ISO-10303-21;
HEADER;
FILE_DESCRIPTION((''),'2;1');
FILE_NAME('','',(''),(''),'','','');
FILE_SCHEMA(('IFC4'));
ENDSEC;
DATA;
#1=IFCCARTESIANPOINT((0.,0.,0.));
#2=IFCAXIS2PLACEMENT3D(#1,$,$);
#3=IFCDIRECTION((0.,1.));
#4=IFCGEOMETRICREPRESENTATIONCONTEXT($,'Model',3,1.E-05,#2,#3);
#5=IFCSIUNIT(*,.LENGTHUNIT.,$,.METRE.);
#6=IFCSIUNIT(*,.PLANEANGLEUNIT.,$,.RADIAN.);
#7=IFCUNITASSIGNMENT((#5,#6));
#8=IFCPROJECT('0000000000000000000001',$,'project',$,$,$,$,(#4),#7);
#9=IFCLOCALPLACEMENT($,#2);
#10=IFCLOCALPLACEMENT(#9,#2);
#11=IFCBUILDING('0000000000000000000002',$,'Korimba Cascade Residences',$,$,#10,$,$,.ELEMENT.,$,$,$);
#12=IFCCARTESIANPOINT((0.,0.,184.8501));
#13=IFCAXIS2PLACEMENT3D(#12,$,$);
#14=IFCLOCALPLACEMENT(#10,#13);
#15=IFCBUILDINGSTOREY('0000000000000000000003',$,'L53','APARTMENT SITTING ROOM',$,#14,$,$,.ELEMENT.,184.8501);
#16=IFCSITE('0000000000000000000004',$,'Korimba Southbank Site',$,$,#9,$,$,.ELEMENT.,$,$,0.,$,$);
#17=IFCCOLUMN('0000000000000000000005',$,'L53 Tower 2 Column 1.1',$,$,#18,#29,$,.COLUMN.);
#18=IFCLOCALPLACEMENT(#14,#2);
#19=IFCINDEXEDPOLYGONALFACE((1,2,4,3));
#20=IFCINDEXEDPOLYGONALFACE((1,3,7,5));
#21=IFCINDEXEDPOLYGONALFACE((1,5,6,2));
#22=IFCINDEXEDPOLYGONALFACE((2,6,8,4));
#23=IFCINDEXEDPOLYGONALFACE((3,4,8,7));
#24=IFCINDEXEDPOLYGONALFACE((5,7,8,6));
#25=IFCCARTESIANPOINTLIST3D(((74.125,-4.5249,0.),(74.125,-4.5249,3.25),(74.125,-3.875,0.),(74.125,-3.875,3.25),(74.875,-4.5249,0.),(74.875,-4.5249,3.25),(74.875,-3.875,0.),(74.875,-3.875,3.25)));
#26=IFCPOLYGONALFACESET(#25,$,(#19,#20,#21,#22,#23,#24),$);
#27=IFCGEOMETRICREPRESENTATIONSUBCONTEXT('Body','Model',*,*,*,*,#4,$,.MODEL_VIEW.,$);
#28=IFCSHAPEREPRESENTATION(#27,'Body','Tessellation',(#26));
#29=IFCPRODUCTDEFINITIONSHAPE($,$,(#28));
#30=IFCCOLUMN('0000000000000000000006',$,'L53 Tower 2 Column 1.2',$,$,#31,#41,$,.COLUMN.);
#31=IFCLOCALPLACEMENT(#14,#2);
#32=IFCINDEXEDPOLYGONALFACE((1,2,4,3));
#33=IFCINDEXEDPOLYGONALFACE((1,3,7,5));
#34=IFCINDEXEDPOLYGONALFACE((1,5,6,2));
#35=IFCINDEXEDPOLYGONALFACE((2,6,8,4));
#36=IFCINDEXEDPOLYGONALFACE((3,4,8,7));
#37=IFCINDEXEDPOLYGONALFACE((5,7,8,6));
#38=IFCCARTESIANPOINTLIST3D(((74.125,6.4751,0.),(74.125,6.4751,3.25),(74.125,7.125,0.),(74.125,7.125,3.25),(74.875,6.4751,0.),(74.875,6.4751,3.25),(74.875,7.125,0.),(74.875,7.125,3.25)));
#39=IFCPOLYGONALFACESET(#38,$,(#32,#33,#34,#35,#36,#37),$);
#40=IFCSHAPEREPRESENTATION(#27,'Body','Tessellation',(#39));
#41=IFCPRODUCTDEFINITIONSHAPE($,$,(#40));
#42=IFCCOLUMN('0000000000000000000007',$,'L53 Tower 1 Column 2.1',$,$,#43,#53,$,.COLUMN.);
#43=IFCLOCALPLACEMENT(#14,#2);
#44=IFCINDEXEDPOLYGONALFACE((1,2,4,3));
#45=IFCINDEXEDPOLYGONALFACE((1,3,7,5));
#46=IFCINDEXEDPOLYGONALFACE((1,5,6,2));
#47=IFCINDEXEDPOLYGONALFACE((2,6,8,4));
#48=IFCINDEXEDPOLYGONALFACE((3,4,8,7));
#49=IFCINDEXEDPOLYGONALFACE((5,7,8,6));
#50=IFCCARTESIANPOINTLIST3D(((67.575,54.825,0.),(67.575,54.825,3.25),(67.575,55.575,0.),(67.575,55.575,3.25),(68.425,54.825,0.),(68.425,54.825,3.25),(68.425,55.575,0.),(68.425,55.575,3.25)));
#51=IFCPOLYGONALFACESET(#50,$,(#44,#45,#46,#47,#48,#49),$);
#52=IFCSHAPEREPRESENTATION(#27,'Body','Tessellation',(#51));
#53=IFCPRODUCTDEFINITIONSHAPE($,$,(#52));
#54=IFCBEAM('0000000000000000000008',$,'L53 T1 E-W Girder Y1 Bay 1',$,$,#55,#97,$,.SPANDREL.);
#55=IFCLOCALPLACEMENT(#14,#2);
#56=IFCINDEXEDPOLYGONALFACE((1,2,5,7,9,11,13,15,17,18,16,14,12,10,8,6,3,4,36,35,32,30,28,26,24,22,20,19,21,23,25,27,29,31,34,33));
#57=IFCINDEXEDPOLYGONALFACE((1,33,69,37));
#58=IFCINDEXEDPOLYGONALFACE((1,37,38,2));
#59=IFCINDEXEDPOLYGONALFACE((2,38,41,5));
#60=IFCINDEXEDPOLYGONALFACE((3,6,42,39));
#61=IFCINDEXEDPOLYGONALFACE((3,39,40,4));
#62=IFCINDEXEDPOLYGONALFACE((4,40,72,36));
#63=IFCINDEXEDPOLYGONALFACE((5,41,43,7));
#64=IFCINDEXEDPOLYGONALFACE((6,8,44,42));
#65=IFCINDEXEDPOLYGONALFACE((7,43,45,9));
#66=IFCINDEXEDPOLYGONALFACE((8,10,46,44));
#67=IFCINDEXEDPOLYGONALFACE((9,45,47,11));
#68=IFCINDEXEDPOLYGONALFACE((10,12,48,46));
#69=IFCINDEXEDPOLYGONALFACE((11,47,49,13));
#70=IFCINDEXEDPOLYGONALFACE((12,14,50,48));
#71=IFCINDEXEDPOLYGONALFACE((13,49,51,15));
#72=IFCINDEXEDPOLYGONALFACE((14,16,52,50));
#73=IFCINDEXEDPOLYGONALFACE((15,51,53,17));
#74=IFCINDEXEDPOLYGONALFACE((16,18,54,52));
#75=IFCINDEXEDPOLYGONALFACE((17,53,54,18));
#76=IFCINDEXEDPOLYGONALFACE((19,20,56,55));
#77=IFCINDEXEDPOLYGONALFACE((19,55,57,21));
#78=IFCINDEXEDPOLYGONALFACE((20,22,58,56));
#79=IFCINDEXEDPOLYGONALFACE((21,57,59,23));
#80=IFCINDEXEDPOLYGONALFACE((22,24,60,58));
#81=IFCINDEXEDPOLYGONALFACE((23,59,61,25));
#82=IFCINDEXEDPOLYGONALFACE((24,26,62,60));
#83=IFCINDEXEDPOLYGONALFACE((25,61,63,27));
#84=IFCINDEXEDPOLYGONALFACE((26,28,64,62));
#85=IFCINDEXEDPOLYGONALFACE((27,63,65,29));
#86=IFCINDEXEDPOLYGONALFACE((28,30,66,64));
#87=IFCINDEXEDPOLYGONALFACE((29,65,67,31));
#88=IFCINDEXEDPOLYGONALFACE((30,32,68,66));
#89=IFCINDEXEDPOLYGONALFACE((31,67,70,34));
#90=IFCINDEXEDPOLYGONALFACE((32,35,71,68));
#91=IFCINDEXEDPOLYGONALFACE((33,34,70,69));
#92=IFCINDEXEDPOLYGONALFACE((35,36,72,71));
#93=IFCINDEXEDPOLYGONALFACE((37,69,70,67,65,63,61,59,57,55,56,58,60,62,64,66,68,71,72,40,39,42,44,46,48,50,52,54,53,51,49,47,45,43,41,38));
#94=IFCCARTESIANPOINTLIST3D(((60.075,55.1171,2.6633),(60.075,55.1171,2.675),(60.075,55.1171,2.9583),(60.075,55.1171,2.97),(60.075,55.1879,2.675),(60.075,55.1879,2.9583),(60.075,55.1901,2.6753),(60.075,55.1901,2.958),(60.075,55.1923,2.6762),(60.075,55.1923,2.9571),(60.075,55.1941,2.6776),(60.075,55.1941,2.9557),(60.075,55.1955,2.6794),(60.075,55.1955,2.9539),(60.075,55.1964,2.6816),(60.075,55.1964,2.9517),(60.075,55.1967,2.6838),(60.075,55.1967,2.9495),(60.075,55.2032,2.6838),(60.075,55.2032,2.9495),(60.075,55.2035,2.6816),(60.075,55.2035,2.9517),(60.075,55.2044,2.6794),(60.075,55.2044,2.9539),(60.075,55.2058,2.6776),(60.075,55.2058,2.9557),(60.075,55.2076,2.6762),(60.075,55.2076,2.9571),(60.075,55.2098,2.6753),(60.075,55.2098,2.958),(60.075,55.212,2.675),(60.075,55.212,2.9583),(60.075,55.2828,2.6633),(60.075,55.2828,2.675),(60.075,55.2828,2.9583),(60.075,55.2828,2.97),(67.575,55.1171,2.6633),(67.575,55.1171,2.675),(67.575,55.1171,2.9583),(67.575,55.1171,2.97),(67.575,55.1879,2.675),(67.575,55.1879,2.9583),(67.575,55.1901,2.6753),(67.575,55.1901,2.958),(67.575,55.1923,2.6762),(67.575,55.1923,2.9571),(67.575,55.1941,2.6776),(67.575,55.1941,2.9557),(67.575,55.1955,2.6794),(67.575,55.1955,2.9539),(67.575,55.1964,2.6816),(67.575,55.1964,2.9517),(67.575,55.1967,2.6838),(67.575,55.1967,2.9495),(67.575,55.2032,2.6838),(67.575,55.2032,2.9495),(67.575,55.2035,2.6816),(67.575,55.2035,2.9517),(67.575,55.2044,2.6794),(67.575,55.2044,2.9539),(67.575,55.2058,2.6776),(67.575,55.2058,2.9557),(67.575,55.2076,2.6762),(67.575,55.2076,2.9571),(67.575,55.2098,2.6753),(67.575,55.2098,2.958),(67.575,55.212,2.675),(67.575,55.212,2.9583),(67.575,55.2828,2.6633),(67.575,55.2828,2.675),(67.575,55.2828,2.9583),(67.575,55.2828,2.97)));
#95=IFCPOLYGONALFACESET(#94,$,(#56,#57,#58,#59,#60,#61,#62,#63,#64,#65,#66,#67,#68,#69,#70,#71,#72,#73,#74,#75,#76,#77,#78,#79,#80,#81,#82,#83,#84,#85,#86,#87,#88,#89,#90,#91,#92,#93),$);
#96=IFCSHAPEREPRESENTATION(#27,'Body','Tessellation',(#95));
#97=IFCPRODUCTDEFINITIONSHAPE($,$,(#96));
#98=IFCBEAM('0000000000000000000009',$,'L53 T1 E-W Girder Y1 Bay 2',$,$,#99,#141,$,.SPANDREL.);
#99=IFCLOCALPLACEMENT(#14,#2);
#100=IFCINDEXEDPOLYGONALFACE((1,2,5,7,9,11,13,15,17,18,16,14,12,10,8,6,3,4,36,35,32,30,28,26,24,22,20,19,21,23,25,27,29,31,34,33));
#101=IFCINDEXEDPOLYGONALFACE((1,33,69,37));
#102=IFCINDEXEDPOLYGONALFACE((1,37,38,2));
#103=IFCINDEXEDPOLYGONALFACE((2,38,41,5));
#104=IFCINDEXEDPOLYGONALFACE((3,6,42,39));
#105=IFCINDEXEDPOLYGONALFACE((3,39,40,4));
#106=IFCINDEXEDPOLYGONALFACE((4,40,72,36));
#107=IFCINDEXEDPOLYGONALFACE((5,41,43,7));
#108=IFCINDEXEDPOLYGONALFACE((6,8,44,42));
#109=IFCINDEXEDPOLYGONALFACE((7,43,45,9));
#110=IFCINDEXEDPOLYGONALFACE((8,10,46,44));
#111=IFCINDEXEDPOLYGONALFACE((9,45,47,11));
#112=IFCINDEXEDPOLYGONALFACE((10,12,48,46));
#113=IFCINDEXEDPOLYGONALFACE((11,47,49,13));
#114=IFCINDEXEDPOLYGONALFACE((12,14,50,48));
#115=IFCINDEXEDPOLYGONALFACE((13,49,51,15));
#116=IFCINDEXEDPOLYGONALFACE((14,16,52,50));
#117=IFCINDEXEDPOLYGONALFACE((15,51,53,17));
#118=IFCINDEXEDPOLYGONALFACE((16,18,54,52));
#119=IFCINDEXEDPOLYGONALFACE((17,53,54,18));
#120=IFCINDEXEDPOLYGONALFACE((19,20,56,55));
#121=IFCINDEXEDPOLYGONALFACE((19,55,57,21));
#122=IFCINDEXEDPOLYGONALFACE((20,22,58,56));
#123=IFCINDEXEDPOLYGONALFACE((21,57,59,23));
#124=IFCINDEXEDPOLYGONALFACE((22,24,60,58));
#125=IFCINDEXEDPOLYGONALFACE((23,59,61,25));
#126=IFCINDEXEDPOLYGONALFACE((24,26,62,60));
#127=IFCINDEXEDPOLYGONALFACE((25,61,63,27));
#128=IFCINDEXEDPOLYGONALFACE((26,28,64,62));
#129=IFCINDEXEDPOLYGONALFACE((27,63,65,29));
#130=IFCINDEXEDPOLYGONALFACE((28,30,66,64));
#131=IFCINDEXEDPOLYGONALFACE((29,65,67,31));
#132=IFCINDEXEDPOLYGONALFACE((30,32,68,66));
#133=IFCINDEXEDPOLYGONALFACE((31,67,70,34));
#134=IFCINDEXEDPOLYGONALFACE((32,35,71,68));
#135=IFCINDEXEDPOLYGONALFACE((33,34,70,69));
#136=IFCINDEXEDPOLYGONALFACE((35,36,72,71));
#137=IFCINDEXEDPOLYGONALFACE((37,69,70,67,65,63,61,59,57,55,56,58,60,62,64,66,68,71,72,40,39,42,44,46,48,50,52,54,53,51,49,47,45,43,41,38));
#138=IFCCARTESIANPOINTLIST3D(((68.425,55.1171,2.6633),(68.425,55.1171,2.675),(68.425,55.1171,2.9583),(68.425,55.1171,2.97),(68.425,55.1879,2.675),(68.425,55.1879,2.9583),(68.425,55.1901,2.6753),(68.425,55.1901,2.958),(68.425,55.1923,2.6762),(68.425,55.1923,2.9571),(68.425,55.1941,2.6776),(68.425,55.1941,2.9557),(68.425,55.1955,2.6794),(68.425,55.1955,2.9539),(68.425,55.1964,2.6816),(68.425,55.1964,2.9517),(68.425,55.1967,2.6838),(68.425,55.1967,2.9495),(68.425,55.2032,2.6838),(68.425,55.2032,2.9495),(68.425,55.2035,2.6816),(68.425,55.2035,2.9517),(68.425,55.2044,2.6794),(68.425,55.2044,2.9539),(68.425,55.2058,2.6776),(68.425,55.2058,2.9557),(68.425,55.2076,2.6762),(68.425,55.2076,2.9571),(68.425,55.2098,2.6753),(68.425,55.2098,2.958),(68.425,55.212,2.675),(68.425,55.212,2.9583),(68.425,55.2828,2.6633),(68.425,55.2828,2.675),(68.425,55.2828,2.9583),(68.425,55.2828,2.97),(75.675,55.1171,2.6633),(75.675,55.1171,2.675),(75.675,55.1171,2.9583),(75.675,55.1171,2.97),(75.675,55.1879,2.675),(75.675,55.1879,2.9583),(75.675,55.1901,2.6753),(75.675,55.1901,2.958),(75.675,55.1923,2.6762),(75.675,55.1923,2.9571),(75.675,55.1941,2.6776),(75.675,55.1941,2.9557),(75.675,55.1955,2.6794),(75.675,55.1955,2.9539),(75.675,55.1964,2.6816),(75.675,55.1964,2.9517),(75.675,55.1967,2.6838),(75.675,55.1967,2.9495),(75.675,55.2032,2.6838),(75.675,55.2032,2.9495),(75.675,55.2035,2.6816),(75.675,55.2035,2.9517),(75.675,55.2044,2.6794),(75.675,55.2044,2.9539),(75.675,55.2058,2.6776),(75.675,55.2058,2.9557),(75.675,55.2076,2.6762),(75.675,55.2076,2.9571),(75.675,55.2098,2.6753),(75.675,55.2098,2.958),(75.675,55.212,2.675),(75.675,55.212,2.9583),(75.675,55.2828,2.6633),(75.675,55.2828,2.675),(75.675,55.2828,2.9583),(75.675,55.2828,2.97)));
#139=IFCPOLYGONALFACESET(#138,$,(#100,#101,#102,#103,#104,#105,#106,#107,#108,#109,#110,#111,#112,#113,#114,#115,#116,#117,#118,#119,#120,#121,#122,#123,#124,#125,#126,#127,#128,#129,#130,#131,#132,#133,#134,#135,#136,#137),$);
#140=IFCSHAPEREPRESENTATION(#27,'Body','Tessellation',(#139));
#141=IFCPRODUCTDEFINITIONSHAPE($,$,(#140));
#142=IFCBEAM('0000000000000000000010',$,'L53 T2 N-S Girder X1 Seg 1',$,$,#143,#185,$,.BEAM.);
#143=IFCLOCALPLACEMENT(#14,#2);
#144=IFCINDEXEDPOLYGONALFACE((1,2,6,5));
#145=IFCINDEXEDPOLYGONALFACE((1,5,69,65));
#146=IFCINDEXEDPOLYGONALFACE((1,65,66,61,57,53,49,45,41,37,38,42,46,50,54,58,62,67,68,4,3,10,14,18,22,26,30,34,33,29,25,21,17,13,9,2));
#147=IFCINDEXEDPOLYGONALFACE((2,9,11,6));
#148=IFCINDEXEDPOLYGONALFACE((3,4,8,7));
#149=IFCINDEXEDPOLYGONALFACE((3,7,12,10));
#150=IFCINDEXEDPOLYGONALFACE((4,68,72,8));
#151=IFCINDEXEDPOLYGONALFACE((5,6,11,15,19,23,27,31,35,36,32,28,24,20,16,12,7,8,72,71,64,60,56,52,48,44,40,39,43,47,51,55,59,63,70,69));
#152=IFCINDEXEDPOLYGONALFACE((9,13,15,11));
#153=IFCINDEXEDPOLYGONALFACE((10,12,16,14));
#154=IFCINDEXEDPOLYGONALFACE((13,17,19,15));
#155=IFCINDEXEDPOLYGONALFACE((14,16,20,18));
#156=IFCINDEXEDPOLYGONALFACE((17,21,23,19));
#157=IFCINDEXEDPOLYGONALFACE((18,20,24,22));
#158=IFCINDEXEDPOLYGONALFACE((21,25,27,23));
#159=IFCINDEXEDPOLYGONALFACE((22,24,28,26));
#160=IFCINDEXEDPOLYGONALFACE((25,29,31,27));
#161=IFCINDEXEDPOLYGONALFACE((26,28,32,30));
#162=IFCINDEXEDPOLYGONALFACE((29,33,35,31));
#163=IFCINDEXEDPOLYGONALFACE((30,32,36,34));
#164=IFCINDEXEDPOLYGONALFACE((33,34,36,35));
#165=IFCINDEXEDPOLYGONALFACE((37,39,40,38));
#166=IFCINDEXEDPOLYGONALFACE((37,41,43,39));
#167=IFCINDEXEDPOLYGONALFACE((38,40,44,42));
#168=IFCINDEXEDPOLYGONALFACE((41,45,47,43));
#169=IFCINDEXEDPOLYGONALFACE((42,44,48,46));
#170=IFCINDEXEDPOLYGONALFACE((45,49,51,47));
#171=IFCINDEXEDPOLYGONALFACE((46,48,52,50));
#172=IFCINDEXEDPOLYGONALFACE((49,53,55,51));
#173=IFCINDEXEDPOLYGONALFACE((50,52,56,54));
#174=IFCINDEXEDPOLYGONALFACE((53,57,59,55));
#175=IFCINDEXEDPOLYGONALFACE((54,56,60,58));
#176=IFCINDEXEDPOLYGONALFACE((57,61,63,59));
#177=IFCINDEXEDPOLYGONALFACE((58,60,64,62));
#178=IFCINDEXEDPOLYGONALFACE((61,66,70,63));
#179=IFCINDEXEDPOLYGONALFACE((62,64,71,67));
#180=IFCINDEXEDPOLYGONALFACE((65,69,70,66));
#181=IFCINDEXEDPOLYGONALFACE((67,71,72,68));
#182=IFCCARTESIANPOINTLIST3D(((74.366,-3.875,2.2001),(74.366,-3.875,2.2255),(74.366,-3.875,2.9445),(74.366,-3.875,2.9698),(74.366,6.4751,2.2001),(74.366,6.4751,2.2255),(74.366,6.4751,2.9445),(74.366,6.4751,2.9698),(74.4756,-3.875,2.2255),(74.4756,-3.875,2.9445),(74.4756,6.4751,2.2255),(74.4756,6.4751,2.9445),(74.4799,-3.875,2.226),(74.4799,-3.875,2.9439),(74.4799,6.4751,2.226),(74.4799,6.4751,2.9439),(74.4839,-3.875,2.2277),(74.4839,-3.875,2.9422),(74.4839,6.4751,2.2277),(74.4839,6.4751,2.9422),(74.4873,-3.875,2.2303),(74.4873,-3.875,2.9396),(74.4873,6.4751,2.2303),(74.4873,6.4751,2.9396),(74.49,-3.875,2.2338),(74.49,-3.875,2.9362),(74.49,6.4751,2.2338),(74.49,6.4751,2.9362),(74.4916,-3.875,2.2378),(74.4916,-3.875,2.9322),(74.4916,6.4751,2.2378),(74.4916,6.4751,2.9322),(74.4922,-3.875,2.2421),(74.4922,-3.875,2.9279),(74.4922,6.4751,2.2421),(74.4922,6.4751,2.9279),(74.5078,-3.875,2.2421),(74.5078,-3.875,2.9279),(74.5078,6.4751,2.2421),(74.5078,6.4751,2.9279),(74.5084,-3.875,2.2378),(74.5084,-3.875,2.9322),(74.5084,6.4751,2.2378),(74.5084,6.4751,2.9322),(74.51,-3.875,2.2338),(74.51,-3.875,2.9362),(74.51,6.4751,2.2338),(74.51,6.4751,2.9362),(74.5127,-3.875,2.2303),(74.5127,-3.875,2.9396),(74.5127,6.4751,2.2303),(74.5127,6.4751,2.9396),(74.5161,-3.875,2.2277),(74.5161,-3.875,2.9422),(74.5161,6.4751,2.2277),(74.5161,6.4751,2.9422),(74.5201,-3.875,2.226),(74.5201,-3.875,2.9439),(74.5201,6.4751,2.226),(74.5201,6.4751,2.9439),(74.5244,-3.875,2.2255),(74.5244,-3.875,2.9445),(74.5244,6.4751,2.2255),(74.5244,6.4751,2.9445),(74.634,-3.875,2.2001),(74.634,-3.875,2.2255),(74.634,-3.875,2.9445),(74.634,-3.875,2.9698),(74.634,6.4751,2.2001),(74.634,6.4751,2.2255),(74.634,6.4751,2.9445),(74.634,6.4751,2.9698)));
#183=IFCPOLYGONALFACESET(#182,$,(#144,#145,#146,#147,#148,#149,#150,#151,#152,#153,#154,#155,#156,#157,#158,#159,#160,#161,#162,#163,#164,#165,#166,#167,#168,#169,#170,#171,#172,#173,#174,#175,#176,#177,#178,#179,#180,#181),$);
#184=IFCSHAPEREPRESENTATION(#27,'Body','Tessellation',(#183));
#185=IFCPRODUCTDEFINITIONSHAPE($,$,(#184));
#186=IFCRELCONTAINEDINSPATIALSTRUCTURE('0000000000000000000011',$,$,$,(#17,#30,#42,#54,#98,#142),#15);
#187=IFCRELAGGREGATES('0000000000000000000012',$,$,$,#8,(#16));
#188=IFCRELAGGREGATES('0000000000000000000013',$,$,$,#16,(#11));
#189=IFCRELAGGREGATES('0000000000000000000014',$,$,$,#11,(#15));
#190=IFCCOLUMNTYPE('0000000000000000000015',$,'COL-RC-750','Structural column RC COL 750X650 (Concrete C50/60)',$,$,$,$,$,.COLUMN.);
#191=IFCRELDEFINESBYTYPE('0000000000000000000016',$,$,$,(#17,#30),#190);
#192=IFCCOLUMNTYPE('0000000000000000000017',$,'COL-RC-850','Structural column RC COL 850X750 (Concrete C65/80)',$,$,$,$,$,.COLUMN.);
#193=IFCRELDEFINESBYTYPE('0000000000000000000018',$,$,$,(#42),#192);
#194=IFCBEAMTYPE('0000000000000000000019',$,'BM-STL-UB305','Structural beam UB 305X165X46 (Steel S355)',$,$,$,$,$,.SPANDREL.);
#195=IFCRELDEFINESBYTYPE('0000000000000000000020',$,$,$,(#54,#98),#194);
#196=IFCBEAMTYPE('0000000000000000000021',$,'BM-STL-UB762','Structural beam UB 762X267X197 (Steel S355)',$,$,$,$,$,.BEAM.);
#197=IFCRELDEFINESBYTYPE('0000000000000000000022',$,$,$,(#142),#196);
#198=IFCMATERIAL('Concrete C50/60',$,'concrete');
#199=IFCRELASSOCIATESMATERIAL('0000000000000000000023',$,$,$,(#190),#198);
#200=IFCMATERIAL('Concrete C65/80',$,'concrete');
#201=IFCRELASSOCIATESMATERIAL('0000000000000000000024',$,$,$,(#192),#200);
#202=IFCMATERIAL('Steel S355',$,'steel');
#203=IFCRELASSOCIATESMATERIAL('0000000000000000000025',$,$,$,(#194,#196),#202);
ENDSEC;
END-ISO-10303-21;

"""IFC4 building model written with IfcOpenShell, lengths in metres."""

from ifc_helpers import new_model, si_unit, direction, frame, origin, origin_2d, place, context, subcontext, project, spatial, rectangle, i_section, extrude, material, material_profile, profile_set, type_object, element, save


model = new_model("IFC4")

# Units and contexts
model_context = context("Model", 3, precision=1e-05, world=origin(), true_north=direction((0.0, 1.0)))
body_context = subcontext(model_context, "Body", "Model", "MODEL_VIEW")
ifc_project = project(units=[si_unit("LENGTHUNIT", "METRE"), si_unit("PLANEANGLEUNIT", "RADIAN")], contexts=[model_context])

# Site, building, storey
site_placement = place(None, origin())
site = spatial("IfcSite", under=ifc_project, at=site_placement, Name="Korimba Southbank Site", CompositionType="ELEMENT", RefElevation=0.0)
building_placement = place(site_placement, origin())
building = spatial("IfcBuilding", under=site, at=building_placement, Name="Korimba Cascade Residences", CompositionType="ELEMENT")
storey_placement = place(building_placement, frame((0.0, 0.0, 184.8501)))
storey = spatial("IfcBuildingStorey", under=building, at=storey_placement, Name="L53", Description="APARTMENT SITTING ROOM", CompositionType="ELEMENT", Elevation=184.8501)

# Columns
ifc_material_1 = material(Name="Concrete C50/60", Category="concrete")
ifc_material_profile_1 = material_profile(ifc_material_1, rectangle(XDim=0.75, YDim=0.6499, at=origin_2d()), Name="Concrete C50/60")
ifc_profile_set_1 = profile_set([ifc_material_profile_1], Name="Concrete C50/60")
column_type_1 = type_object("IfcColumnType", Name="COL-RC-750", Description="Structural column RC COL 750X650 (Concrete C50/60)", PredefinedType="COLUMN", material=ifc_profile_set_1)
for number, where, z_axis, x_axis, name in (
    (1, (74.5, -4.2, 0.0), (0.0, 0.0, 1.0), (1.0, 0.0, 0.0), "L53 Tower 2 Column 1.1"),
    (2, (74.5, 6.8, 0.0), (0.0, 0.0, 1.0), (1.0, 0.0, 0.0), "L53 Tower 2 Column 1.2"),
):
    element("IfcColumn", number, at=place(storey_placement, frame(where, z_axis=z_axis, x_axis=x_axis)), inside=storey, type_object=column_type_1, Name=name, PredefinedType="COLUMN", context=body_context, shape_type="SweptSolid", body=[
        extrude(rectangle(XDim=0.75, YDim=0.6499, at=origin_2d()), origin(), (0.0, 0.0, 1.0), 3.25),
    ])
ifc_material_2 = material(Name="Concrete C65/80", Category="concrete")
ifc_material_profile_2 = material_profile(ifc_material_2, rectangle(XDim=0.8501, YDim=0.75, at=origin_2d()), Name="Concrete C65/80")
ifc_profile_set_2 = profile_set([ifc_material_profile_2], Name="Concrete C65/80")
column_type_2 = type_object("IfcColumnType", Name="COL-RC-850", Description="Structural column RC COL 850X750 (Concrete C65/80)", PredefinedType="COLUMN", material=ifc_profile_set_2)
column_placement = place(storey_placement, frame((68.0, 55.2, 0.0), z_axis=(0.0, 0.0, 1.0), x_axis=(1.0, 0.0, 0.0)))
element("IfcColumn", 3, at=column_placement, inside=storey, type_object=column_type_2, Name="L53 Tower 1 Column 2.1", PredefinedType="COLUMN", context=body_context, shape_type="SweptSolid", body=[
    extrude(rectangle(XDim=0.8501, YDim=0.75, at=origin_2d()), origin(), (0.0, 0.0, 1.0), 3.25),
])

# Beams
ifc_material_3 = material(Name="Steel S355", Category="steel")
ifc_material_profile_3 = material_profile(ifc_material_3, i_section(OverallWidth=0.1658, OverallDepth=0.3066, WebThickness=0.0066, FlangeThickness=0.0117, FilletRadius=0.0088, at=origin_2d()), Name="Steel S355")
ifc_profile_set_3 = profile_set([ifc_material_profile_3], Name="Steel S355")
beam_type_1 = type_object("IfcBeamType", Name="BM-STL-UB305", Description="Structural beam UB 305X165X46 (Steel S355)", PredefinedType="SPANDREL", material=ifc_profile_set_3)
beam_1_placement = place(storey_placement, frame((60.075, 55.2, 2.8167), z_axis=(1.0, 0.0, 0.0), x_axis=(0.0, 1.0, 0.0)))
element("IfcBeam", 4, at=beam_1_placement, inside=storey, type_object=beam_type_1, Name="L53 T1 E-W Girder Y1 Bay 1", PredefinedType="SPANDREL", context=body_context, shape_type="SweptSolid", body=[
    extrude(i_section(OverallWidth=0.1658, OverallDepth=0.3066, WebThickness=0.0066, FlangeThickness=0.0117, FilletRadius=0.0088, at=origin_2d()), origin(), (0.0, 0.0, 1.0), 7.5),
])
beam_2_placement = place(storey_placement, frame((68.425, 55.2, 2.8167), z_axis=(1.0, 0.0, 0.0), x_axis=(0.0, 1.0, 0.0)))
element("IfcBeam", 5, at=beam_2_placement, inside=storey, type_object=beam_type_1, Name="L53 T1 E-W Girder Y1 Bay 2", PredefinedType="SPANDREL", context=body_context, shape_type="SweptSolid", body=[
    extrude(i_section(OverallWidth=0.1658, OverallDepth=0.3066, WebThickness=0.0066, FlangeThickness=0.0117, FilletRadius=0.0088, at=origin_2d()), origin(), (0.0, 0.0, 1.0), 7.25),
])
ifc_material_profile_4 = material_profile(ifc_material_3, i_section(OverallWidth=0.2681, OverallDepth=0.7698, WebThickness=0.0156, FlangeThickness=0.0254, FilletRadius=0.0166, at=origin_2d()), Name="Steel S355")
ifc_profile_set_4 = profile_set([ifc_material_profile_4], Name="Steel S355")
beam_type_2 = type_object("IfcBeamType", Name="BM-STL-UB762", Description="Structural beam UB 762X267X197 (Steel S355)", PredefinedType="BEAM", material=ifc_profile_set_4)
beam_3_placement = place(storey_placement, frame((74.5, -3.875, 2.585), z_axis=(0.0, 1.0, 0.0), x_axis=(-1.0, 0.0, 0.0)))
element("IfcBeam", 6, at=beam_3_placement, inside=storey, type_object=beam_type_2, Name="L53 T2 N-S Girder X1 Seg 1", PredefinedType="BEAM", context=body_context, shape_type="SweptSolid", body=[
    extrude(i_section(OverallWidth=0.2681, OverallDepth=0.7698, WebThickness=0.0156, FlangeThickness=0.0254, FilletRadius=0.0166, at=origin_2d()), origin(), (0.0, 0.0, 1.0), 10.3501),
])

save(model, "model.ifc")
